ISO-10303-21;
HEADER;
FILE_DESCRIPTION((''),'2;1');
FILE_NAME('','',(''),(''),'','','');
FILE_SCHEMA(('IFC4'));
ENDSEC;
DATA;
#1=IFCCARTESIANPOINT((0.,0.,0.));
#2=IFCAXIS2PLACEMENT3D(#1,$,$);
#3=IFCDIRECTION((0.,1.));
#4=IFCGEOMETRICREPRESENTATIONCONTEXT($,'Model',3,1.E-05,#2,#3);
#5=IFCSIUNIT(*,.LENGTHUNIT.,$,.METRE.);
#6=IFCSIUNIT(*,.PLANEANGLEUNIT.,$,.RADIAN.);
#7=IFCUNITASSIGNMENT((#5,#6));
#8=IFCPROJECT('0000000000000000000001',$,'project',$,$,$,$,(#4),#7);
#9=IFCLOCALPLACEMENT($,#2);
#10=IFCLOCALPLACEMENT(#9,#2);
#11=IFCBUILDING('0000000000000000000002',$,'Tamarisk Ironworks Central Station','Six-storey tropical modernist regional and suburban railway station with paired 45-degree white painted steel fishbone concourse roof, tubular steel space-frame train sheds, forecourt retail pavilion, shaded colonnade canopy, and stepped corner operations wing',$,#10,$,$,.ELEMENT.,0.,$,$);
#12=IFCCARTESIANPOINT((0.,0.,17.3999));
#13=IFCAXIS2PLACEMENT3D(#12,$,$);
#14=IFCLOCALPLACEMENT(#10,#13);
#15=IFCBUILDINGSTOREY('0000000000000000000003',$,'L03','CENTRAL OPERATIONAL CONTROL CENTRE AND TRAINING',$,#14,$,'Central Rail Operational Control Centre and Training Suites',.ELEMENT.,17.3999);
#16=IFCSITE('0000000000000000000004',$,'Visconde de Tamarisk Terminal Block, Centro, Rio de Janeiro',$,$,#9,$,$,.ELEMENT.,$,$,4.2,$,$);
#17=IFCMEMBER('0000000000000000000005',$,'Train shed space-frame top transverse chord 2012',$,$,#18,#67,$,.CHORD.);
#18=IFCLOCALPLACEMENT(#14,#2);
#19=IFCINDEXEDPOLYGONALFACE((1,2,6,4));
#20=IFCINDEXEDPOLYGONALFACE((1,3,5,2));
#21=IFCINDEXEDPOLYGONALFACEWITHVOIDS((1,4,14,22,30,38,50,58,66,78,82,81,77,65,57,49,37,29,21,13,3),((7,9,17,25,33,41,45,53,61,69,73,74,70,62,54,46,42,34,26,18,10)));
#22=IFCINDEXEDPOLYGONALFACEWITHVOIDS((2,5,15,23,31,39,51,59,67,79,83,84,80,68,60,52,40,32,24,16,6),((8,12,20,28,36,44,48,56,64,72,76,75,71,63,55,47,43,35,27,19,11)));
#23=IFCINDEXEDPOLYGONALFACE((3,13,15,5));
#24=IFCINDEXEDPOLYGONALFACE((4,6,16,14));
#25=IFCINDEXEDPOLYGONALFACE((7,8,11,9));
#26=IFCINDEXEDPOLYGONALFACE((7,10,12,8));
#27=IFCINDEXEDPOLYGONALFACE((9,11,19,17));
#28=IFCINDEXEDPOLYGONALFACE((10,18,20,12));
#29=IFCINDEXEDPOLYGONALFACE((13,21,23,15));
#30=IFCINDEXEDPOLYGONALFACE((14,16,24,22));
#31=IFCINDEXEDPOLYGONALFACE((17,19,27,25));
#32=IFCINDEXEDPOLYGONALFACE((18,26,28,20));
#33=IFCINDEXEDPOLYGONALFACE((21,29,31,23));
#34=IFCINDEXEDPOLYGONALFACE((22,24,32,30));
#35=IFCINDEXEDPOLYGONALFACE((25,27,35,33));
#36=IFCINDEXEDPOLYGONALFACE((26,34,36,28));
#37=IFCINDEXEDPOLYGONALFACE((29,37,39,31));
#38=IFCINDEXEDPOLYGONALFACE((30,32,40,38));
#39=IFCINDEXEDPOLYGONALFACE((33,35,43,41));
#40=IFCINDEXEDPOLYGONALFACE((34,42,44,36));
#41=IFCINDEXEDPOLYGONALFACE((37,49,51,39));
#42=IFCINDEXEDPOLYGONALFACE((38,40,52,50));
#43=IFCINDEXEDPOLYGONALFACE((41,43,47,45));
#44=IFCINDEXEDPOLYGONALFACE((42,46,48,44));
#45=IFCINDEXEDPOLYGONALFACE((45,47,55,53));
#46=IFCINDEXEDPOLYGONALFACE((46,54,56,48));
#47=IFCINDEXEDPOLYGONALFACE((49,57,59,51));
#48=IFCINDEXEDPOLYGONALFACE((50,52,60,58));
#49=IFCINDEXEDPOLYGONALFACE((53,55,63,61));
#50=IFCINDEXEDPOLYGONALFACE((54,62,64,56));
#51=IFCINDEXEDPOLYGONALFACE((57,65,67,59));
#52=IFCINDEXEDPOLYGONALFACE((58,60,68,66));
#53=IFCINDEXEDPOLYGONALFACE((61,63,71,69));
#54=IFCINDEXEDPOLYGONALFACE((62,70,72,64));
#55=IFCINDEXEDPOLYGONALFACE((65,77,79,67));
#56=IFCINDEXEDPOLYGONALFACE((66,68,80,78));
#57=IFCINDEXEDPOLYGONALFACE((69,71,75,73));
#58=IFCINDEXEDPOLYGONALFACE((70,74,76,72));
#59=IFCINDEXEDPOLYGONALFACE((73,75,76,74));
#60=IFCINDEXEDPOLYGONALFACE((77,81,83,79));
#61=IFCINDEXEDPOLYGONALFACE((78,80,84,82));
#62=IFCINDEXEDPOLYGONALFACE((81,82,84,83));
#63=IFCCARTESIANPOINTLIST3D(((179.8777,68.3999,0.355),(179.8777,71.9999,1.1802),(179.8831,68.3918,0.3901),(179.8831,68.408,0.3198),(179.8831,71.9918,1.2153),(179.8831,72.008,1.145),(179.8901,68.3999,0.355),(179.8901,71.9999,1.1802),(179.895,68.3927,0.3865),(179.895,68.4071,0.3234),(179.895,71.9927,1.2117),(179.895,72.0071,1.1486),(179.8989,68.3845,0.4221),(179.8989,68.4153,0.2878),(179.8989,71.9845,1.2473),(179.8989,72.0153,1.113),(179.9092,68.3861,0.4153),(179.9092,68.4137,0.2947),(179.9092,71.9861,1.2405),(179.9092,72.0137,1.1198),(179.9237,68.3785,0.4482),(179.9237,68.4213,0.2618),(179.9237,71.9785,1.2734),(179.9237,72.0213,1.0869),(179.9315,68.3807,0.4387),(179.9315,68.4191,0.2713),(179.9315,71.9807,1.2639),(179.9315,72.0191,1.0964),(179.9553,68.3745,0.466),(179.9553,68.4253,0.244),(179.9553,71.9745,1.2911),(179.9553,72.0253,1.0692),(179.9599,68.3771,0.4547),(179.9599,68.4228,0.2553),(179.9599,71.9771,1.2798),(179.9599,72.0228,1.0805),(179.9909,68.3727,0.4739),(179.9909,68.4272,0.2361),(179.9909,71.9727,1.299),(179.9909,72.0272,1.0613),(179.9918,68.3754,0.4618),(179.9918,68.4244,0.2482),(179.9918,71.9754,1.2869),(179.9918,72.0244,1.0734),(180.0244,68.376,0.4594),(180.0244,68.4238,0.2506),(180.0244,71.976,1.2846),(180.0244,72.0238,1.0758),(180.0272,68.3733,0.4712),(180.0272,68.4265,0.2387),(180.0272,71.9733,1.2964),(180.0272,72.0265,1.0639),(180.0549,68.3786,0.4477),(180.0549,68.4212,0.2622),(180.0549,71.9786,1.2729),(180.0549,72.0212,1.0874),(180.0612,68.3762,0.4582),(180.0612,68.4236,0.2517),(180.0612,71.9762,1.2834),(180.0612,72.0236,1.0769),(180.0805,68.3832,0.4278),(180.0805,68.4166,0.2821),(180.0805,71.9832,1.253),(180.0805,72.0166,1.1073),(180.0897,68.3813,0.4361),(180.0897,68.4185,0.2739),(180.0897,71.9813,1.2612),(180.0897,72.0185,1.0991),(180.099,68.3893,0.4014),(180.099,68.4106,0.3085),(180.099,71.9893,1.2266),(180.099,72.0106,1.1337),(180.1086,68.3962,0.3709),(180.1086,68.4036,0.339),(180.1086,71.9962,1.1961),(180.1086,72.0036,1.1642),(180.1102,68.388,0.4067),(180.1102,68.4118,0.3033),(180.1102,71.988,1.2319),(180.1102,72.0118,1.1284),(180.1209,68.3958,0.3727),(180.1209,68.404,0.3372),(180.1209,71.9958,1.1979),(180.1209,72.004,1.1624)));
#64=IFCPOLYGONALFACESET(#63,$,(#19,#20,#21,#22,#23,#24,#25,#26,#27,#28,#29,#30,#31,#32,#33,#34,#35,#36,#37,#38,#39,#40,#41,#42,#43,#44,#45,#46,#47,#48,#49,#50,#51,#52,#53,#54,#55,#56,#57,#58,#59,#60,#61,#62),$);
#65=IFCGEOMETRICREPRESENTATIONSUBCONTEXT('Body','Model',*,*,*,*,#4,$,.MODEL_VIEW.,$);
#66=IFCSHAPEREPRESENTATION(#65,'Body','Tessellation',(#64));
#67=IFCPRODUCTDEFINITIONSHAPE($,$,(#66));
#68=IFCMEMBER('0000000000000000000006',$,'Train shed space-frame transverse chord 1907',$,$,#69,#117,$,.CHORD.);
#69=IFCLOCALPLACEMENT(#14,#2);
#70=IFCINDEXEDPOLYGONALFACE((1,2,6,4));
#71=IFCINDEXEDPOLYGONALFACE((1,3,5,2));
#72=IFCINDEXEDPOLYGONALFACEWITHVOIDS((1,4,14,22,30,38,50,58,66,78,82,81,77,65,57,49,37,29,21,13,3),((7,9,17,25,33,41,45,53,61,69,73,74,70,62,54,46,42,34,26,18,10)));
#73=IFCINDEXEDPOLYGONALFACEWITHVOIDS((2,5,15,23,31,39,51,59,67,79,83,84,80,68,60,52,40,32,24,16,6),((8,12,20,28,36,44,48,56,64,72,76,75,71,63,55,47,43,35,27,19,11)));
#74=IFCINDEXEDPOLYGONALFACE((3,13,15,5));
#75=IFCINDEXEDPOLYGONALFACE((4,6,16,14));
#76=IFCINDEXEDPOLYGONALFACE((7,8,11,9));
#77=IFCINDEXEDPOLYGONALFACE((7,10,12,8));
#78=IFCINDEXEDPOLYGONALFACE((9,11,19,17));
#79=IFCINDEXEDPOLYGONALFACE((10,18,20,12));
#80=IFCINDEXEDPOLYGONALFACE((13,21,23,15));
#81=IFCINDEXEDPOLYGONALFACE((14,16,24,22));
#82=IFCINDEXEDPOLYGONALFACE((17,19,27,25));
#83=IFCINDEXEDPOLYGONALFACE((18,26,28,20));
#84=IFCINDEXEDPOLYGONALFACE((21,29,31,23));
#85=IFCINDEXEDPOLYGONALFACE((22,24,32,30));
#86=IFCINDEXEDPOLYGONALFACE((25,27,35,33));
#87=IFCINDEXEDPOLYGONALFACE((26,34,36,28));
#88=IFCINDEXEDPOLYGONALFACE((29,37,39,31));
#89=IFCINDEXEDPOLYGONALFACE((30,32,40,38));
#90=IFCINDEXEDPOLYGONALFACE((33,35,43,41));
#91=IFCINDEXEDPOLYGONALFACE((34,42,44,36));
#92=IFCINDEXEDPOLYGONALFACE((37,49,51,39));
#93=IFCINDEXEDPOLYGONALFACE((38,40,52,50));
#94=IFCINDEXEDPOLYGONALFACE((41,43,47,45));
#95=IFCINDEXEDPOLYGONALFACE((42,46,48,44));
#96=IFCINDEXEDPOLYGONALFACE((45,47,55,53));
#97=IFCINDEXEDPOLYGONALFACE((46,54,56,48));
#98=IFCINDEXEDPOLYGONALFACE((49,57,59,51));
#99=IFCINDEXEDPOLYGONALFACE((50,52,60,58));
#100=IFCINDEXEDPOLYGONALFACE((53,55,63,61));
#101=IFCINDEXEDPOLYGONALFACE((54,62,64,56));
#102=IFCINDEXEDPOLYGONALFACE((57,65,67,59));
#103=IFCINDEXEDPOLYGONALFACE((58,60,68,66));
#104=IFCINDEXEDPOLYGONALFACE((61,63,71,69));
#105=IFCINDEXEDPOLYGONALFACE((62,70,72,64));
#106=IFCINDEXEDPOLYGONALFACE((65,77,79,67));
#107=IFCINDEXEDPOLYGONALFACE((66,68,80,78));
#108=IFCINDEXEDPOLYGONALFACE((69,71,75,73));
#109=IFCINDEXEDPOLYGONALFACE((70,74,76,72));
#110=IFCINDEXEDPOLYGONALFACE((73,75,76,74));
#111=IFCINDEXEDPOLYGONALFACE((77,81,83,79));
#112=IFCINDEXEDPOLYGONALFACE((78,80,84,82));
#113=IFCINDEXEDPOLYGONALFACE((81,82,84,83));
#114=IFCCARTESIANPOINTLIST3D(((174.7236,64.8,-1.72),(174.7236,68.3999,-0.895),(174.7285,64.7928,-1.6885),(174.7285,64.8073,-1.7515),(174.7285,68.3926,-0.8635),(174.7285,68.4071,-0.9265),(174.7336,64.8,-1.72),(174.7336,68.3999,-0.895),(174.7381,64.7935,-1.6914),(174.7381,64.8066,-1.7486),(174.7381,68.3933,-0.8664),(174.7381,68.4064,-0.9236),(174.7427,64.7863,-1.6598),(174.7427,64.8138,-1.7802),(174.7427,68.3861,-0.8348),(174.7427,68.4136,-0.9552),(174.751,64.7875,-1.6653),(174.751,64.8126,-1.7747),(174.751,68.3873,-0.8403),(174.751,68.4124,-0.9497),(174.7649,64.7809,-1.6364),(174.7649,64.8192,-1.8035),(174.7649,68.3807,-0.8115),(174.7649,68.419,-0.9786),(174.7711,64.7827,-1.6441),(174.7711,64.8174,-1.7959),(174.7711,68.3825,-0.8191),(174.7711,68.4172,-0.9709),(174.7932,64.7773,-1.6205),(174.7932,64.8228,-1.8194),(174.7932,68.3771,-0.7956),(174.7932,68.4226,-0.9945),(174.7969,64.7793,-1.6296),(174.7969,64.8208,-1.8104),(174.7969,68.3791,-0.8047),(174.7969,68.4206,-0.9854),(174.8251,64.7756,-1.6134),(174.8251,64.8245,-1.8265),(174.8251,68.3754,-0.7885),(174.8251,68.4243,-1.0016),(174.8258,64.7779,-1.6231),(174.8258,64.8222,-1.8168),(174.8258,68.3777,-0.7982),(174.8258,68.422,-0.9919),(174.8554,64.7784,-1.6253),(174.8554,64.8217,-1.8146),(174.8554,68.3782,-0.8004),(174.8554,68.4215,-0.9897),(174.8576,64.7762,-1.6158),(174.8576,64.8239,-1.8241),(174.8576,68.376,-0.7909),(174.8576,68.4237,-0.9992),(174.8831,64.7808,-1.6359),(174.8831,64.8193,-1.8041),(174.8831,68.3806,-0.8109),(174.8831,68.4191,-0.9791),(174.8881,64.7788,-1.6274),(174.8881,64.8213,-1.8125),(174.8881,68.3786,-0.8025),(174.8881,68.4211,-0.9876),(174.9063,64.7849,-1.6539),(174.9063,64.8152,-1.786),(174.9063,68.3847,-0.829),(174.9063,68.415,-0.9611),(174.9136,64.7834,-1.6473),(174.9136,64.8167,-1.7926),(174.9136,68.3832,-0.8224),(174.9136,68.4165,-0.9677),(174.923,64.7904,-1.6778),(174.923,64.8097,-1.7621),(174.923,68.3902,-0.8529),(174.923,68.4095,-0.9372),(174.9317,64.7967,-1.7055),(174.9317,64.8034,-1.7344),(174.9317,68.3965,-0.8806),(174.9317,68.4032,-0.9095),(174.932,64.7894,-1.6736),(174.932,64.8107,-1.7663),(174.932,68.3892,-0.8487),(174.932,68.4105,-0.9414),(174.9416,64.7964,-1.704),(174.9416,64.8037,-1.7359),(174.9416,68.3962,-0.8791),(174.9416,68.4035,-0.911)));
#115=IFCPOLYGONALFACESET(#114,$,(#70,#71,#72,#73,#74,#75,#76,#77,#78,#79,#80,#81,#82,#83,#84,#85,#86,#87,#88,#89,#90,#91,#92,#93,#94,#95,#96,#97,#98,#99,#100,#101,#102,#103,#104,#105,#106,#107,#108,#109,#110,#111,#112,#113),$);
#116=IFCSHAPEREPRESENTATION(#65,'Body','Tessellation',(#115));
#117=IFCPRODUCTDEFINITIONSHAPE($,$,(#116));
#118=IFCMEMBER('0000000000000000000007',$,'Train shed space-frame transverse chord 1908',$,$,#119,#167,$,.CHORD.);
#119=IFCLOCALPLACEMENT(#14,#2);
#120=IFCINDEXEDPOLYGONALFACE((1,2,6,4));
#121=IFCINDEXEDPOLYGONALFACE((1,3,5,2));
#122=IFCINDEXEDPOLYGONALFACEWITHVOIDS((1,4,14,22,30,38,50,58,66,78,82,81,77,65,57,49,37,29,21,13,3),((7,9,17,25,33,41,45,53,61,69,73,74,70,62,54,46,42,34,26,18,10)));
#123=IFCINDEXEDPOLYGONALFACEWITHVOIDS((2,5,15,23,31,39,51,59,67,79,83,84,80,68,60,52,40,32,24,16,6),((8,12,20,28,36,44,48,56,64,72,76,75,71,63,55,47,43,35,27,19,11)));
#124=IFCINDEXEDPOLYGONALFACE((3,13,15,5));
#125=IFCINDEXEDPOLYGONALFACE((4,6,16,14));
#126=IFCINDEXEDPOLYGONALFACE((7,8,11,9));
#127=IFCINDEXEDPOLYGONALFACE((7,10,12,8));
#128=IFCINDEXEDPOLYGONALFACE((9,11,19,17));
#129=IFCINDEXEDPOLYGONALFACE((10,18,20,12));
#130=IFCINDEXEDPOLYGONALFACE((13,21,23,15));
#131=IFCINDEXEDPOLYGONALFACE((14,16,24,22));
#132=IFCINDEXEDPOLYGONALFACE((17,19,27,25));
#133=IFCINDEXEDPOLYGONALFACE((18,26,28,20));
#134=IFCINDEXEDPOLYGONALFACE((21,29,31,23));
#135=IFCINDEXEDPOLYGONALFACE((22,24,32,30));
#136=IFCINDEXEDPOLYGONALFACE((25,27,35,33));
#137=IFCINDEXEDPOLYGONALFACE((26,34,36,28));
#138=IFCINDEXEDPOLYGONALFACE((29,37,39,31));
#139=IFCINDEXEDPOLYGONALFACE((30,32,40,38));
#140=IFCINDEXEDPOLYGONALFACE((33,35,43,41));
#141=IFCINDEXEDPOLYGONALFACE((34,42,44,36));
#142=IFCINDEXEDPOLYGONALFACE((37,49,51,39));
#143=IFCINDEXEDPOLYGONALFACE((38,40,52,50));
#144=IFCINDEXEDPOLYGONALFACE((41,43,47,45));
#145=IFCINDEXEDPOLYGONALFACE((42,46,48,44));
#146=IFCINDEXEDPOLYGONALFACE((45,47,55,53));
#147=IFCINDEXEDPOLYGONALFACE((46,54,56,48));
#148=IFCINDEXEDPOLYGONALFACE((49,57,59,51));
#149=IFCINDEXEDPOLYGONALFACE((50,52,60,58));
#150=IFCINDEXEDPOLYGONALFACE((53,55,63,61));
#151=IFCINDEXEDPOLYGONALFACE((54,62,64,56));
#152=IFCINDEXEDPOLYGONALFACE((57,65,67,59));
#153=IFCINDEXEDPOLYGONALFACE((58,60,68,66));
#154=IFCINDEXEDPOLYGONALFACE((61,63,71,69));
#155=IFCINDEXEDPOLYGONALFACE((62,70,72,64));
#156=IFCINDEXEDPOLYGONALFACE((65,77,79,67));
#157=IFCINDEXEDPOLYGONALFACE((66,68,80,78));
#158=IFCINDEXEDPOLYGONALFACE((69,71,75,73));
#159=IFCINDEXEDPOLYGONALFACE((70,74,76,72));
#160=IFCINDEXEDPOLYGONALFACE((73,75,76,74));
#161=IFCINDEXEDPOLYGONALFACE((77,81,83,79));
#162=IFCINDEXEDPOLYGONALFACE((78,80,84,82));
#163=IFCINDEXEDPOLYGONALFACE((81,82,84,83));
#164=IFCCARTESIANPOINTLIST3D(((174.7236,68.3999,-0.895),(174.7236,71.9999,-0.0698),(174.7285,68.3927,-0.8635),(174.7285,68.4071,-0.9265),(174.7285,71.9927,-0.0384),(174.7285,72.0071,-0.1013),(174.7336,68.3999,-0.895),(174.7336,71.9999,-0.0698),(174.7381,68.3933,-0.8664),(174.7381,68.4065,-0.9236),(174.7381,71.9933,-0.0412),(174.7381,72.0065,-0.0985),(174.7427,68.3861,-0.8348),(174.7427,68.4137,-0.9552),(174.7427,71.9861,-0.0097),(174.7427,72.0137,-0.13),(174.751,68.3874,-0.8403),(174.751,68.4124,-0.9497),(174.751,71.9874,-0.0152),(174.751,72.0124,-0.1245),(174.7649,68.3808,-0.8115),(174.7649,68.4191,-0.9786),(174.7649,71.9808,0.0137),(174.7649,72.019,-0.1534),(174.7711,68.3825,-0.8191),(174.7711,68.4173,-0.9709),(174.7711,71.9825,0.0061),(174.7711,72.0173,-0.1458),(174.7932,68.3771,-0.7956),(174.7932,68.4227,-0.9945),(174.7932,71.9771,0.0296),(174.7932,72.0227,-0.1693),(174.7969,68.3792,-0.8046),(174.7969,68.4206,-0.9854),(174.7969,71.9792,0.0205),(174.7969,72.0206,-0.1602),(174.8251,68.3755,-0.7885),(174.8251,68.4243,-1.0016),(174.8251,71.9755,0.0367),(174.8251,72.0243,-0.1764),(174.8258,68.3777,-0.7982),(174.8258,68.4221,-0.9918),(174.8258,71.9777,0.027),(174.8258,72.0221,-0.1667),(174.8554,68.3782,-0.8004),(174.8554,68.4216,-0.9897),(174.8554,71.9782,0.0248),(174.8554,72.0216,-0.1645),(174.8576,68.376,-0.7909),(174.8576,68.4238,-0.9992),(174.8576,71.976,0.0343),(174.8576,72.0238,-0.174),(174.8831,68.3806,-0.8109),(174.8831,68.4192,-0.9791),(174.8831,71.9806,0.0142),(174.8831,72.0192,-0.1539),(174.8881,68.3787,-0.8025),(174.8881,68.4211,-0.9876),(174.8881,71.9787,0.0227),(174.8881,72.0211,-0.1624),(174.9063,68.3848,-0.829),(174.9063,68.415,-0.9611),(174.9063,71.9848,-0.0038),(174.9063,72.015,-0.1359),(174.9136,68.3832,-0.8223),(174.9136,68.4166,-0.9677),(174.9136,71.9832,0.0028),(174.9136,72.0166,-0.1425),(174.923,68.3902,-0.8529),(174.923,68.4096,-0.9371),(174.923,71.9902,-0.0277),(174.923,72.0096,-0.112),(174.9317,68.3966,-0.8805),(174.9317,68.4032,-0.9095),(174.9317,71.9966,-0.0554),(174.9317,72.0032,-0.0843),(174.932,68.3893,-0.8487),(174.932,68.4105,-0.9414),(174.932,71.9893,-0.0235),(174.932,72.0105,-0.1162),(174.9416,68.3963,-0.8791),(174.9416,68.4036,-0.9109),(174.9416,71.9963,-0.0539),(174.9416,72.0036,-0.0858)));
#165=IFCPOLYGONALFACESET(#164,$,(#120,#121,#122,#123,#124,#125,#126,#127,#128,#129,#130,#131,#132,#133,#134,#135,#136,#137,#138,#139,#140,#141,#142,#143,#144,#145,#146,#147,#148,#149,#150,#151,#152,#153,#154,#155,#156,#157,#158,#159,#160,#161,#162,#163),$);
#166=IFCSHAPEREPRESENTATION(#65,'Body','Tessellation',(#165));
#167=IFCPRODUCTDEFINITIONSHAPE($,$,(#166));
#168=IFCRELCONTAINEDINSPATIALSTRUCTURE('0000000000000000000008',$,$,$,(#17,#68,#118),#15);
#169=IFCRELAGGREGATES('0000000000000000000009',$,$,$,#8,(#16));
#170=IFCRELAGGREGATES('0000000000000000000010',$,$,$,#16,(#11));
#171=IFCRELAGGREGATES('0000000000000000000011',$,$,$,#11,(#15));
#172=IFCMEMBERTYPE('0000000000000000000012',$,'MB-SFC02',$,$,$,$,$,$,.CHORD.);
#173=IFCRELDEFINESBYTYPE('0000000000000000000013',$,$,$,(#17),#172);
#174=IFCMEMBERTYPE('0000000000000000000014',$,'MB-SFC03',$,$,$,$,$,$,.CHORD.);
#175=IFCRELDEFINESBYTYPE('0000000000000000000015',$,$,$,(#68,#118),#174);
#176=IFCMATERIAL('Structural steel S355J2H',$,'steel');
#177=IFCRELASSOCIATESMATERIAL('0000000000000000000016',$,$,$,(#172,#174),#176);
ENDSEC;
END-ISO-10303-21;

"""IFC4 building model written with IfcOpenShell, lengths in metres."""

from ifc_helpers import new_model, si_unit, direction, frame, origin, origin_2d, place, context, subcontext, project, spatial, hollow_circle, extrude, material, material_profile, profile_set, type_object, element, save


model = new_model("IFC4")

# Units and contexts
model_context = context("Model", 3, precision=1e-05, world=origin(), true_north=direction((0.0, 1.0)))
body_context = subcontext(model_context, "Body", "Model", "MODEL_VIEW")
ifc_project = project(units=[si_unit("LENGTHUNIT", "METRE"), si_unit("PLANEANGLEUNIT", "RADIAN")], contexts=[model_context])

# Site, building, storey
site_placement = place(None, origin())
site = spatial("IfcSite", under=ifc_project, at=site_placement, Name="Visconde de Tamarisk Terminal Block, Centro, Rio de Janeiro", CompositionType="ELEMENT", RefElevation=4.2)
building_placement = place(site_placement, origin())
building = spatial("IfcBuilding", under=site, at=building_placement, Name="Tamarisk Ironworks Central Station", Description="Six-storey tropical modernist regional and suburban railway station with paired 45-degree white painted steel fishbone concourse roof, tubular steel space-frame train sheds, forecourt retail pavilion, shaded colonnade canopy, and stepped corner operations wing", CompositionType="ELEMENT", ElevationOfRefHeight=0.0)
storey_placement = place(building_placement, frame((0.0, 0.0, 17.3999)))
storey = spatial("IfcBuildingStorey", under=building, at=storey_placement, Name="L03", Description="CENTRAL OPERATIONAL CONTROL CENTRE AND TRAINING", LongName="Central Rail Operational Control Centre and Training Suites", CompositionType="ELEMENT", Elevation=17.3999)

# Members
ifc_material = material(Name="Structural steel S355J2H", Category="steel")
ifc_material_profile_1 = material_profile(ifc_material, hollow_circle(Radius=0.1223, WallThickness=0.0125, at=origin_2d()), Name="CHS 244.5x12.5")
ifc_profile_set_1 = profile_set([ifc_material_profile_1], Name="Structural steel S355J2H")
member_type_1 = type_object("IfcMemberType", Name="MB-SFC02", PredefinedType="CHORD", material=ifc_profile_set_1)
member_1_placement = place(storey_placement, frame((180.0, 68.3999, 0.355), z_axis=(0.0, 0.974722, 0.223421), x_axis=(-1.0, 0.0, 0.0)))
element("IfcMember", 1, at=member_1_placement, inside=storey, type_object=member_type_1, Name="Train shed space-frame top transverse chord 2012", PredefinedType="CHORD", context=body_context, shape_type="SweptSolid", body=[
    extrude(hollow_circle(Radius=0.1223, WallThickness=0.0125, at=origin_2d()), origin(), (0.0, 0.0, 1.0), 3.6934),
])
ifc_material_profile_2 = material_profile(ifc_material, hollow_circle(Radius=0.1096, WallThickness=0.01, at=origin_2d()), Name="CHS 219.1x10")
ifc_profile_set_2 = profile_set([ifc_material_profile_2], Name="Structural steel S355J2H")
member_type_2 = type_object("IfcMemberType", Name="MB-SFC03", PredefinedType="CHORD", material=ifc_profile_set_2)
member_2_placement = place(storey_placement, frame((174.8333, 64.8, -1.72), z_axis=(0.0, 0.974733, 0.223372), x_axis=(-1.0, 0.0, 0.0)))
element("IfcMember", 2, at=member_2_placement, inside=storey, type_object=member_type_2, Name="Train shed space-frame transverse chord 1907", PredefinedType="CHORD", context=body_context, shape_type="SweptSolid", body=[
    extrude(hollow_circle(Radius=0.1096, WallThickness=0.01, at=origin_2d()), origin(), (0.0, 0.0, 1.0), 3.6931),
])
member_3_placement = place(storey_placement, frame((174.8333, 68.3999, -0.895), z_axis=(0.0, 0.974722, 0.223421), x_axis=(-1.0, 0.0, 0.0)))
element("IfcMember", 3, at=member_3_placement, inside=storey, type_object=member_type_2, Name="Train shed space-frame transverse chord 1908", PredefinedType="CHORD", context=body_context, shape_type="SweptSolid", body=[
    extrude(hollow_circle(Radius=0.1096, WallThickness=0.01, at=origin_2d()), origin(), (0.0, 0.0, 1.0), 3.6934),
])

save(model, "model.ifc")
